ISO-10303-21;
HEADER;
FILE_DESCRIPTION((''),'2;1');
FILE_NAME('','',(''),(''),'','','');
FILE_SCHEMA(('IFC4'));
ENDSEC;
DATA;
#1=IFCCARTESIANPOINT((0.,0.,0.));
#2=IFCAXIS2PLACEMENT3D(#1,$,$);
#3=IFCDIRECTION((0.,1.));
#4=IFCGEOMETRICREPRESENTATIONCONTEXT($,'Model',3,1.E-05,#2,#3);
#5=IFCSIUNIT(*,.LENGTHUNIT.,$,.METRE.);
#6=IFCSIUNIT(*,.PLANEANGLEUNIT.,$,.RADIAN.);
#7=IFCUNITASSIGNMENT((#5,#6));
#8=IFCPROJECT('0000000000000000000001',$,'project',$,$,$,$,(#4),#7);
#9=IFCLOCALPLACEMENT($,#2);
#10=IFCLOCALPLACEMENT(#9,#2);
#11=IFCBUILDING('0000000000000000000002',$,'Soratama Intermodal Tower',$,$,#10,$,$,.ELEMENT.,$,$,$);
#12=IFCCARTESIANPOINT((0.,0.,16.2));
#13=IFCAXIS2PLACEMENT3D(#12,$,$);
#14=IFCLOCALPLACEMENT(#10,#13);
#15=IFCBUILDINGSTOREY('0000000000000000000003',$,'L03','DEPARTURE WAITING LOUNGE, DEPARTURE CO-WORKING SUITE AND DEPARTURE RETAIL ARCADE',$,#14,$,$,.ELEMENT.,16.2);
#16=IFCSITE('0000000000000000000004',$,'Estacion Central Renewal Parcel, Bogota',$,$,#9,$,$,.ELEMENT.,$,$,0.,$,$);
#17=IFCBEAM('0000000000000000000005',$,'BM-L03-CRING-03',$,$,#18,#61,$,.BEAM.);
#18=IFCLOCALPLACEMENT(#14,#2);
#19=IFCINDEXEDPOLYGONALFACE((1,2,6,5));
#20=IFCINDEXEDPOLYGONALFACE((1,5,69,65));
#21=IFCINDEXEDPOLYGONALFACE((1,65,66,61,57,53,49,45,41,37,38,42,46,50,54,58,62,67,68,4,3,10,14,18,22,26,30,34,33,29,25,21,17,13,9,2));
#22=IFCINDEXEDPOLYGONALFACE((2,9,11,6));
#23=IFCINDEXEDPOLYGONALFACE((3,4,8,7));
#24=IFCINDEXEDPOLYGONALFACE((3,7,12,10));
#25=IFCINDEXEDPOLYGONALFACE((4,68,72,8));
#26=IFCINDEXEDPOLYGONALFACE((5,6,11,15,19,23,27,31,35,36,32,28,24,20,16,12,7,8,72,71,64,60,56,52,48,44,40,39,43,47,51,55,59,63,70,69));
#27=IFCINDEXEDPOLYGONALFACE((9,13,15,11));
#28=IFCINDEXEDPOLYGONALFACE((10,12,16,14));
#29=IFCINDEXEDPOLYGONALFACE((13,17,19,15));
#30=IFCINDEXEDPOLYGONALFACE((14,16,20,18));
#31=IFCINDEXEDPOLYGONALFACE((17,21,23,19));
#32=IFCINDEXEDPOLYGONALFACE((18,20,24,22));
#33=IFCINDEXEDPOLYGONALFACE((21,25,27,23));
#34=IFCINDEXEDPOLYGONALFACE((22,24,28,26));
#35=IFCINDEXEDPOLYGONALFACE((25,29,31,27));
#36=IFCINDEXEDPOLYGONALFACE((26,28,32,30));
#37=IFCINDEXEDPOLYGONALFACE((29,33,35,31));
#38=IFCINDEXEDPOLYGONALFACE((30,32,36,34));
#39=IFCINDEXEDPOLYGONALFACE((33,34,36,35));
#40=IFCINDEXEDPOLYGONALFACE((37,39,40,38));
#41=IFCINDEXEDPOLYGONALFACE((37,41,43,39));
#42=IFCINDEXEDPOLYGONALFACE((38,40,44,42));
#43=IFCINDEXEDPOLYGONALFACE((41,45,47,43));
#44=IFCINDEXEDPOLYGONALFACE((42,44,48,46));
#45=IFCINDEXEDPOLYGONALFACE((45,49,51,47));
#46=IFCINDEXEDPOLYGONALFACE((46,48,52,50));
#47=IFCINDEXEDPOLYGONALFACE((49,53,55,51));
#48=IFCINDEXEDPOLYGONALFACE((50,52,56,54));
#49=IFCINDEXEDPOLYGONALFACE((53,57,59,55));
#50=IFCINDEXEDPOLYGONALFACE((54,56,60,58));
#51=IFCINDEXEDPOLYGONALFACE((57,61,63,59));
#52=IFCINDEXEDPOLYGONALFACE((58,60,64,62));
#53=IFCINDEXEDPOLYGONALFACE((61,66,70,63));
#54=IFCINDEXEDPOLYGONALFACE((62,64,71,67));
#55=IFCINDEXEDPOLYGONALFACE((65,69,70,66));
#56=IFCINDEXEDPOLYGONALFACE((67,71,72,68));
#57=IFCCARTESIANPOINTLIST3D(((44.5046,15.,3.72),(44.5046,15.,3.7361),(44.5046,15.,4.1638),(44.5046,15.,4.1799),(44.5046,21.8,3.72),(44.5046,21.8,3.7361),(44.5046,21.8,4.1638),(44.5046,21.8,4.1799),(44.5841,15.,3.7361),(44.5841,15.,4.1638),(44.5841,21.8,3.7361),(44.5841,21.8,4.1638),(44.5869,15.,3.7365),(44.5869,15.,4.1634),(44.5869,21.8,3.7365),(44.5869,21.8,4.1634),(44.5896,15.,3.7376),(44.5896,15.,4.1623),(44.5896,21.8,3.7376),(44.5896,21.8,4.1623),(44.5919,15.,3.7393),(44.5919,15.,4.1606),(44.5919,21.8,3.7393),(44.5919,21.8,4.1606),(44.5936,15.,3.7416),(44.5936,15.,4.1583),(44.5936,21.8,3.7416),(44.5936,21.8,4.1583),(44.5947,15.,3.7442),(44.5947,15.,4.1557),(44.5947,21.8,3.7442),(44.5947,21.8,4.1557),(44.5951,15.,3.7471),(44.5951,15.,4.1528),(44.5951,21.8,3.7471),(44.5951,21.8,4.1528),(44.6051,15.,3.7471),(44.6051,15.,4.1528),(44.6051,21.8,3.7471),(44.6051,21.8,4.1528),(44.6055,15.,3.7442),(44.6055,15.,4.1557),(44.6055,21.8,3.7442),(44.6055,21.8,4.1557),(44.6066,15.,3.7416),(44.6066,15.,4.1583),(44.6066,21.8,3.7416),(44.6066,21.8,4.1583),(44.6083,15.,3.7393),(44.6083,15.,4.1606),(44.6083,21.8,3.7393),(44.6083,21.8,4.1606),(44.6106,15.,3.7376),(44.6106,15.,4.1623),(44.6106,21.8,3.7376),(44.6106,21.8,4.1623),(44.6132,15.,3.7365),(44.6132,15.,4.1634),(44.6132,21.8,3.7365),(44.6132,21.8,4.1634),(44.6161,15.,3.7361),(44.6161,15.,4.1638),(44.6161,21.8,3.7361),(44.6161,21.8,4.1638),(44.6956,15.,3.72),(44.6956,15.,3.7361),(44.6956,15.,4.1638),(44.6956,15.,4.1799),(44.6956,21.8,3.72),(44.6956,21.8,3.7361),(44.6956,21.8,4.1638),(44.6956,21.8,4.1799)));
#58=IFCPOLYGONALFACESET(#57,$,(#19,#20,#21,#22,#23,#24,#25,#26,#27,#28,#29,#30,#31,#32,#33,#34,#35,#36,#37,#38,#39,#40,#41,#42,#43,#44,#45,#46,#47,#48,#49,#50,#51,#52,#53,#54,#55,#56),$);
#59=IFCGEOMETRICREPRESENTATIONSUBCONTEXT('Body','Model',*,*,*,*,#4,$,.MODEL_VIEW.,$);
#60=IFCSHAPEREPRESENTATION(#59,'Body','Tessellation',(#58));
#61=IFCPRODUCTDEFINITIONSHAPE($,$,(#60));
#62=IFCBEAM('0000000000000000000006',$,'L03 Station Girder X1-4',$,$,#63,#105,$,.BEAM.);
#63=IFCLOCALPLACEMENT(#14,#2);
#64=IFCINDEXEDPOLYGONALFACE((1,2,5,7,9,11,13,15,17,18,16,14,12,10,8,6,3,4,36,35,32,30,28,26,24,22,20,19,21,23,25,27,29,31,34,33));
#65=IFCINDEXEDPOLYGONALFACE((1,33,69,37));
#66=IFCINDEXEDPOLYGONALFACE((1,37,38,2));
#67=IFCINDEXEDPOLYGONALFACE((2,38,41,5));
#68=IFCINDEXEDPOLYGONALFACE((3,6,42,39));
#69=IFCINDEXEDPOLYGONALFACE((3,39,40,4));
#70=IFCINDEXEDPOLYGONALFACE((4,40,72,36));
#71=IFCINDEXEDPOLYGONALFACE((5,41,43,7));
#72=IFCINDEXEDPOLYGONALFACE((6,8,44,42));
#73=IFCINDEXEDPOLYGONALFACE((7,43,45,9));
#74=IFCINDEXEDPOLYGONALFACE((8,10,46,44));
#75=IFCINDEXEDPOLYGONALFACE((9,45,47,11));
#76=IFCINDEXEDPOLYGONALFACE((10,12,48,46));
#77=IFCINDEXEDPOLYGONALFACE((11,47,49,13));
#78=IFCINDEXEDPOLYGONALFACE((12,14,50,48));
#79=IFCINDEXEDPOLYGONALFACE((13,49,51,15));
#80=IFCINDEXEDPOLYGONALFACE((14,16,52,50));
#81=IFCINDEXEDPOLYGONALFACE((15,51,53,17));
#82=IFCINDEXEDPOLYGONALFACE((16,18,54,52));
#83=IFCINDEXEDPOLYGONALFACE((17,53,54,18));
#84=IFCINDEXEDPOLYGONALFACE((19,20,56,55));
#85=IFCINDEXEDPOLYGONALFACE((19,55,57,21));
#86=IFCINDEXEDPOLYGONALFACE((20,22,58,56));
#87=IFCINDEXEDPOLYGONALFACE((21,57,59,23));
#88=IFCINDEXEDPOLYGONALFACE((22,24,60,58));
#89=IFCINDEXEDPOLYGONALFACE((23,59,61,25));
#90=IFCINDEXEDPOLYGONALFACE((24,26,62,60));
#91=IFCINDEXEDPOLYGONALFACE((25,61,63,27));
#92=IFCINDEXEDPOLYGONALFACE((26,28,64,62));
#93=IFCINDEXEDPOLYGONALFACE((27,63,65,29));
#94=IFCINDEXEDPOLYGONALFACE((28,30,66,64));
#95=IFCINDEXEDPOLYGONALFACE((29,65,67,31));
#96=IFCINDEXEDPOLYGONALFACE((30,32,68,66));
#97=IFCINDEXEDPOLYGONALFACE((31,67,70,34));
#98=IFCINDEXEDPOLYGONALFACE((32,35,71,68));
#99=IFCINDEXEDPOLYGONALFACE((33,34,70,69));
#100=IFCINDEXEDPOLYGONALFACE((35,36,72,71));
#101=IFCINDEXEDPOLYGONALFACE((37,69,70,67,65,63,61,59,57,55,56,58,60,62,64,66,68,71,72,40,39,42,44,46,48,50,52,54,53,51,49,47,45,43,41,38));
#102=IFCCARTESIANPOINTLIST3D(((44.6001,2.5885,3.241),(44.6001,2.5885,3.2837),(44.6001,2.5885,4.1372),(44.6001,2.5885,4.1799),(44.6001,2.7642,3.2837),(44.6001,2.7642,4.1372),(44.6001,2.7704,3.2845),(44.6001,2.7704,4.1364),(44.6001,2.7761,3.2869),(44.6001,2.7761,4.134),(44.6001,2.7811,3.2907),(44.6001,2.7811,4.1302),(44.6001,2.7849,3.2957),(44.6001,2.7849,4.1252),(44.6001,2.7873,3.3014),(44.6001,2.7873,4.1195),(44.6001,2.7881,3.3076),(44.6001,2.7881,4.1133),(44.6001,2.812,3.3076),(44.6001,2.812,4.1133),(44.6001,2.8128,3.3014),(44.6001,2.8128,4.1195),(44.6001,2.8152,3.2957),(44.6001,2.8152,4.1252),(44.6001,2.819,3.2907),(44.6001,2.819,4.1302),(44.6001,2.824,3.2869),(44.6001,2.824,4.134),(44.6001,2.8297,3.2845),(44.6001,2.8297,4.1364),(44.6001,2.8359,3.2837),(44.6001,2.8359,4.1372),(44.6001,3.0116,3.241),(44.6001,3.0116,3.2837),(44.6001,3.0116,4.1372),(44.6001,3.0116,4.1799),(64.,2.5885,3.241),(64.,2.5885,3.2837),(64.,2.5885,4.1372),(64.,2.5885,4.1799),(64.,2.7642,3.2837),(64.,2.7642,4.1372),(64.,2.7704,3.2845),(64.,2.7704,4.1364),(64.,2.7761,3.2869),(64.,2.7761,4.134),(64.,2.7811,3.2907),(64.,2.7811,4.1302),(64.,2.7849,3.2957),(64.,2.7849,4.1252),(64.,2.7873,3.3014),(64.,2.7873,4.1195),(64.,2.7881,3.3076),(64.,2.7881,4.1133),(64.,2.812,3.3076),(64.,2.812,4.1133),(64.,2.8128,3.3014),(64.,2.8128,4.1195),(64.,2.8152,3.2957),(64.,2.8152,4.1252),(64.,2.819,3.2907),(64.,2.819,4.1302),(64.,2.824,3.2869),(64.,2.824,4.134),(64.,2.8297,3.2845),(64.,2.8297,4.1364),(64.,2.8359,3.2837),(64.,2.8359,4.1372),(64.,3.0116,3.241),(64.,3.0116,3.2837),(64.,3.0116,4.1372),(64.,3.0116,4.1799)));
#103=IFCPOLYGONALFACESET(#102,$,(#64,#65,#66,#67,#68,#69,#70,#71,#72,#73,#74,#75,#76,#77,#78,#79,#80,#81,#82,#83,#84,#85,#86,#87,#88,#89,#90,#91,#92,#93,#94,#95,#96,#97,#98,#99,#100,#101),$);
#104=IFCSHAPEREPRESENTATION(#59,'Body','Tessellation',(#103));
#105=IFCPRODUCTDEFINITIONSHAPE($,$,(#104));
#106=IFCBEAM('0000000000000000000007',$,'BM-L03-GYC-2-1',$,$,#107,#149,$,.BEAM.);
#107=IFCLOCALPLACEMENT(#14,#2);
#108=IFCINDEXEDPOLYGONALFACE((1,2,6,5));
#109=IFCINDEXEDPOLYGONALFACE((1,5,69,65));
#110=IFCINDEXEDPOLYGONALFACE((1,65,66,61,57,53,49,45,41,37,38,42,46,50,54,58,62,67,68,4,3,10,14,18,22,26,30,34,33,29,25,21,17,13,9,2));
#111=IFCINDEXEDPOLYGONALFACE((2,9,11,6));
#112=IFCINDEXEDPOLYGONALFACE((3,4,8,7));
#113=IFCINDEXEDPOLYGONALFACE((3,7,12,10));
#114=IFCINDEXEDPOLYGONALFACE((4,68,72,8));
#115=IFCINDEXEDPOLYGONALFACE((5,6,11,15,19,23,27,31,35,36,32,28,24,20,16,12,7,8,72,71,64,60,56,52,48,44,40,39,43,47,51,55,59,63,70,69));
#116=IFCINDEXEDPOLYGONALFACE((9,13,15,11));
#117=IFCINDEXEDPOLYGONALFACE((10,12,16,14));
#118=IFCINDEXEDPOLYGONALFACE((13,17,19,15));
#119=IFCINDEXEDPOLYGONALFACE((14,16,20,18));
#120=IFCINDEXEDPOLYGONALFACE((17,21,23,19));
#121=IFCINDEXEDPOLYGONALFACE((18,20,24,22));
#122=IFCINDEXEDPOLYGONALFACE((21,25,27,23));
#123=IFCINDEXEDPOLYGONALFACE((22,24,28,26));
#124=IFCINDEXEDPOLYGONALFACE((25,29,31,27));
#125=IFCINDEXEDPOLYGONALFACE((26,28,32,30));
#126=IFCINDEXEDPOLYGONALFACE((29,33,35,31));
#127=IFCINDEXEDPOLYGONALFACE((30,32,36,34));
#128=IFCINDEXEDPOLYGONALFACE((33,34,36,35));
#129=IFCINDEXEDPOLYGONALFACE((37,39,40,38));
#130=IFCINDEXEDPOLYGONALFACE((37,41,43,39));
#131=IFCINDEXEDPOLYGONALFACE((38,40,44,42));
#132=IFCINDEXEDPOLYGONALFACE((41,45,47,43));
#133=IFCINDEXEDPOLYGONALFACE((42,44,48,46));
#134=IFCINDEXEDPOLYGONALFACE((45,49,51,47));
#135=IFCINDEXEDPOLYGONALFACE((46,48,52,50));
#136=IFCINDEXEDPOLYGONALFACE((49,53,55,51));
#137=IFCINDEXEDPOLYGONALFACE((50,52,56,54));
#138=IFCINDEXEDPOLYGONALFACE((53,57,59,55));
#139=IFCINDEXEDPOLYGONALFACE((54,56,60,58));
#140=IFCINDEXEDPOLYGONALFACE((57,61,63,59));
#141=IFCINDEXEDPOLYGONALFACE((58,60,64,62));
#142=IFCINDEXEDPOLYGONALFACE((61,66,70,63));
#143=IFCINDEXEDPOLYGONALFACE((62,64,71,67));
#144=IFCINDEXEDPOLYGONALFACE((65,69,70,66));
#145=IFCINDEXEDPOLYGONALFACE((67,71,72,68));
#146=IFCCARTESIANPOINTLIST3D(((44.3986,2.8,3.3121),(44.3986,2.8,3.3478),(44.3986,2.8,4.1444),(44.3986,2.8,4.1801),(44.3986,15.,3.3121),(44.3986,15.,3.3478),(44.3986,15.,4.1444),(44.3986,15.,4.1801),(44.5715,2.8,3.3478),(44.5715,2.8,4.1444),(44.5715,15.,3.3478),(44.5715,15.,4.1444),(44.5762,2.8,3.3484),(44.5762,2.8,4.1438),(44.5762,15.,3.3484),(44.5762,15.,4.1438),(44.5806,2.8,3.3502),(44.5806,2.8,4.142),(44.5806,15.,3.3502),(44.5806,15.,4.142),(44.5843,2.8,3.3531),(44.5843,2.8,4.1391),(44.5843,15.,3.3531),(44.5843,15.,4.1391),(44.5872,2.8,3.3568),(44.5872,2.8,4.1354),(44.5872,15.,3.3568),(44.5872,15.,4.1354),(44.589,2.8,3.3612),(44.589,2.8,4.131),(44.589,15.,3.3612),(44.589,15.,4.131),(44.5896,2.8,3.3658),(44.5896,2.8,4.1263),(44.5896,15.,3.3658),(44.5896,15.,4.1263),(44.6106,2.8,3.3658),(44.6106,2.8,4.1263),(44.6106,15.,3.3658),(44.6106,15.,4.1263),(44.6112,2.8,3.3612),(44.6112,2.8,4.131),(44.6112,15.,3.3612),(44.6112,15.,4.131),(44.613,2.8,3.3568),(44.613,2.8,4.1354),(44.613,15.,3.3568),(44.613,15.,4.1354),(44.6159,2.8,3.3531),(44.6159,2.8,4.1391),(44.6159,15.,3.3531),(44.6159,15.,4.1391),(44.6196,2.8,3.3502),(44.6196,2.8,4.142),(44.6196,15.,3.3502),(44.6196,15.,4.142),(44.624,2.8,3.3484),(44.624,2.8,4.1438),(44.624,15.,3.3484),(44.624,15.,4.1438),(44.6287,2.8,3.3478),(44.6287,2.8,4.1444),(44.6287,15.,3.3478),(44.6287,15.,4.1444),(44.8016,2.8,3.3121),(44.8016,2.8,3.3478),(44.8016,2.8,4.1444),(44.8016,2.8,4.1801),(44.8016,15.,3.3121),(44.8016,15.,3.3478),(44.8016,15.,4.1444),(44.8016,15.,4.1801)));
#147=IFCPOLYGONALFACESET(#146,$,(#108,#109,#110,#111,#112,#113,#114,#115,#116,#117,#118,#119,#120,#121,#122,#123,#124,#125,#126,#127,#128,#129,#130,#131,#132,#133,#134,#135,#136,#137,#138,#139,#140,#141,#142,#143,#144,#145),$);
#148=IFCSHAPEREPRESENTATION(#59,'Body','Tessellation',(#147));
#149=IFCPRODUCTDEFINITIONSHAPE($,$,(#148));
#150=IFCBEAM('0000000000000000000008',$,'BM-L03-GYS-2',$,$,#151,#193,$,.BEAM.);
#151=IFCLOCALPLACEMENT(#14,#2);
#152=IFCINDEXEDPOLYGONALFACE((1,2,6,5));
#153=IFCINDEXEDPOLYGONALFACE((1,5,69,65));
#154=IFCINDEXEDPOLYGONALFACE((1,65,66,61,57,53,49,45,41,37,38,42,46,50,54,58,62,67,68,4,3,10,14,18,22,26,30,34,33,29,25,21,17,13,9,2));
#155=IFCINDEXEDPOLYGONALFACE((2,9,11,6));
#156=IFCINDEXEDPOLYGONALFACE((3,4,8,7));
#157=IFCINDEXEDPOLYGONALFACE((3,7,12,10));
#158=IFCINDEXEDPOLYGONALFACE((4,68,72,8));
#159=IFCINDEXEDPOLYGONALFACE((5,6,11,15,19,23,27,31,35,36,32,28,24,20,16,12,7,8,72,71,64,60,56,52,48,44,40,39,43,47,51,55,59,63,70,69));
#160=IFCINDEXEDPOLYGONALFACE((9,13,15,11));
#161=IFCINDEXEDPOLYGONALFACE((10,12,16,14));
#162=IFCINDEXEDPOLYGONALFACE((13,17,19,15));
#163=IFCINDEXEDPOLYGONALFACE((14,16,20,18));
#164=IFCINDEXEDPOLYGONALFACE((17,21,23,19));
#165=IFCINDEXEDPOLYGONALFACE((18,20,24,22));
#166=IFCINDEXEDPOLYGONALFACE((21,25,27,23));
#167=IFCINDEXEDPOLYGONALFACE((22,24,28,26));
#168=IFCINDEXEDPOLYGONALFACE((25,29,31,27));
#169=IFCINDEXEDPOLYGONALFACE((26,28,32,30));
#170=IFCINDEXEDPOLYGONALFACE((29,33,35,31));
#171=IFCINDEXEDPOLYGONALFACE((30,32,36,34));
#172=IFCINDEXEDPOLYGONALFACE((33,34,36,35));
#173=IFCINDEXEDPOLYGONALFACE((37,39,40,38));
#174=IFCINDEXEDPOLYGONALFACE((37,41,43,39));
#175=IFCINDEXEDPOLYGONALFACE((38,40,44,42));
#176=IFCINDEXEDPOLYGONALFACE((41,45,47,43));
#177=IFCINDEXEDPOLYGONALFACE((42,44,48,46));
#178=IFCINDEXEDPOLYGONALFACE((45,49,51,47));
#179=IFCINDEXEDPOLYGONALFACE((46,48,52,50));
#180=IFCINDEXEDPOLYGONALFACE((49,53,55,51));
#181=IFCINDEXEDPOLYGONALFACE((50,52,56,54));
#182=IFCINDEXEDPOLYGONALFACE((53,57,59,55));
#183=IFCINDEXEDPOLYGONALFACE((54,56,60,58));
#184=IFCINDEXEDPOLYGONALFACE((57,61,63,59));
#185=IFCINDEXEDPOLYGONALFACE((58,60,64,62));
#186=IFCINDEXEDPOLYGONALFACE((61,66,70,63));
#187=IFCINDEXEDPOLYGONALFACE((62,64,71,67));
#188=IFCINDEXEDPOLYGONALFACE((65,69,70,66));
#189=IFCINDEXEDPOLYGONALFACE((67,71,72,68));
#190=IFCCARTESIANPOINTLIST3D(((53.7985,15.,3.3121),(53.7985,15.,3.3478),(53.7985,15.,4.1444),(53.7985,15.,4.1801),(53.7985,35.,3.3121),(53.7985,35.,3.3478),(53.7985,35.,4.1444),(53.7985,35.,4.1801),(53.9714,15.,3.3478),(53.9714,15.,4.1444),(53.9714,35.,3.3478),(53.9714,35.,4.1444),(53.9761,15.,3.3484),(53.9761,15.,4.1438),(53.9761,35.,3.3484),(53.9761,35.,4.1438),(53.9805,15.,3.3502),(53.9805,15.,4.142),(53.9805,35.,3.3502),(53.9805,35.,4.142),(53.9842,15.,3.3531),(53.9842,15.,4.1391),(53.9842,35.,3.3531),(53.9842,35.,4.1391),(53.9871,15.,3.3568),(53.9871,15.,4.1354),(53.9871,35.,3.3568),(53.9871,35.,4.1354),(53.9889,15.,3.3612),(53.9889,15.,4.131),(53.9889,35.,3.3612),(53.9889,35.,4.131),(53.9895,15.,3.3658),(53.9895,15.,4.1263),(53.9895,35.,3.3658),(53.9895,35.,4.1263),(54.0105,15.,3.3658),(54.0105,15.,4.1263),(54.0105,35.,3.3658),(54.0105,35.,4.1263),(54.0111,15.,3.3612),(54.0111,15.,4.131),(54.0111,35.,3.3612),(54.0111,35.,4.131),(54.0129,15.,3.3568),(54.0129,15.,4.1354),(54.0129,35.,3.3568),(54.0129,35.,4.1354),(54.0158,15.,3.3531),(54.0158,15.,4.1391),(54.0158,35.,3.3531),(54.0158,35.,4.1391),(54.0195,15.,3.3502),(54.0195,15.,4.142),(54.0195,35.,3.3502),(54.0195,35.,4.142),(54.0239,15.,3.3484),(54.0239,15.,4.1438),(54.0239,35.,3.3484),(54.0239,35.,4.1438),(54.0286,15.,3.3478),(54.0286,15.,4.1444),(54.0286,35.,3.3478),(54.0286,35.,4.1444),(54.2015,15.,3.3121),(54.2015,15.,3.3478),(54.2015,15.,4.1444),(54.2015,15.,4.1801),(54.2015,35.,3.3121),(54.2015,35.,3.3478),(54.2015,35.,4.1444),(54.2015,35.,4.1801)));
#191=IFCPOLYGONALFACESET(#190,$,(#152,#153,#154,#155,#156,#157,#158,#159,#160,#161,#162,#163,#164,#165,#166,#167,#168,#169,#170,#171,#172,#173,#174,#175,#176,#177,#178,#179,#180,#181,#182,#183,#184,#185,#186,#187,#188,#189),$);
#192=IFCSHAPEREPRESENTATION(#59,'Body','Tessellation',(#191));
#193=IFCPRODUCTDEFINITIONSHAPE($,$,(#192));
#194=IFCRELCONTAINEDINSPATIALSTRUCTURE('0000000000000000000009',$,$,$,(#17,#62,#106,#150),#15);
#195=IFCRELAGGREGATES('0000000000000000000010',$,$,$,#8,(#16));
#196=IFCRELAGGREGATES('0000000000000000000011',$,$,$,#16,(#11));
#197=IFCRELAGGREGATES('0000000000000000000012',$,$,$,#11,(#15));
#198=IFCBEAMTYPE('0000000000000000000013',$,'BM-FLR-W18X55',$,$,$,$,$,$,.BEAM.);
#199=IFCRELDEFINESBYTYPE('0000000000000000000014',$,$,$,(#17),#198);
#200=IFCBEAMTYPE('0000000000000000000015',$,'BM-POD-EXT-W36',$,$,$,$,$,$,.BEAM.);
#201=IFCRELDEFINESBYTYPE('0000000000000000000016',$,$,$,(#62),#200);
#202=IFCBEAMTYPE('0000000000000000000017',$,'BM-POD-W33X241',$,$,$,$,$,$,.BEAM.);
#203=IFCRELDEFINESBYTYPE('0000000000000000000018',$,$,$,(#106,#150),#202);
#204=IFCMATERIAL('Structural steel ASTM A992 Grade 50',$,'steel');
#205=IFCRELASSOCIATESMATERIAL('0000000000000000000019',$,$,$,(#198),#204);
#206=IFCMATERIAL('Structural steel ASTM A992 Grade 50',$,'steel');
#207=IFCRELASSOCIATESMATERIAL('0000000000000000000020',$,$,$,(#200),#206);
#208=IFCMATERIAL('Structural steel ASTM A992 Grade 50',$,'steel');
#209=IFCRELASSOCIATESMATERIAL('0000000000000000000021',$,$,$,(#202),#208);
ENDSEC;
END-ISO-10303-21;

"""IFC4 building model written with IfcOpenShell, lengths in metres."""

from ifc_helpers import new_model, si_unit, direction, frame, origin, origin_2d, place, context, subcontext, project, spatial, i_section, extrude, material, material_profile, profile_set, type_object, element, save


model = new_model("IFC4")

# Units and contexts
model_context = context("Model", 3, precision=1e-05, world=origin(), true_north=direction((0.0, 1.0)))
body_context = subcontext(model_context, "Body", "Model", "MODEL_VIEW")
ifc_project = project(units=[si_unit("LENGTHUNIT", "METRE"), si_unit("PLANEANGLEUNIT", "RADIAN")], contexts=[model_context])

# Site, building, storey
site_placement = place(None, origin())
site = spatial("IfcSite", under=ifc_project, at=site_placement, Name="Estacion Central Renewal Parcel, Bogota", CompositionType="ELEMENT", RefElevation=0.0)
building_placement = place(site_placement, origin())
building = spatial("IfcBuilding", under=site, at=building_placement, Name="Soratama Intermodal Tower", CompositionType="ELEMENT")
storey_placement = place(building_placement, frame((0.0, 0.0, 16.2)))
storey = spatial("IfcBuildingStorey", under=building, at=storey_placement, Name="L03", Description="DEPARTURE WAITING LOUNGE, DEPARTURE CO-WORKING SUITE AND DEPARTURE RETAIL ARCADE", CompositionType="ELEMENT", Elevation=16.2)

# Beams
ifc_material_1 = material(Name="Structural steel ASTM A992 Grade 50", Category="steel")
ifc_material_profile_1 = material_profile(ifc_material_1, i_section(OverallWidth=0.1909, OverallDepth=0.46, WebThickness=0.01, FlangeThickness=0.0161, FilletRadius=0.011, at=origin_2d()), Name="W18X55")
ifc_profile_set_1 = profile_set([ifc_material_profile_1], Name="Structural steel ASTM A992 Grade 50")
beam_type_1 = type_object("IfcBeamType", Name="BM-FLR-W18X55", PredefinedType="BEAM", material=ifc_profile_set_1)
beam_1_placement = place(storey_placement, frame((44.6001, 15.0, 3.95), z_axis=(0.0, 1.0, 0.0), x_axis=(-1.0, 0.0, 0.0)))
element("IfcBeam", 1, at=beam_1_placement, inside=storey, type_object=beam_type_1, Name="BM-L03-CRING-03", PredefinedType="BEAM", context=body_context, shape_type="SweptSolid", body=[
    extrude(i_section(OverallWidth=0.1909, OverallDepth=0.46, WebThickness=0.01, FlangeThickness=0.0161, FilletRadius=0.011, at=origin_2d()), origin(), (0.0, 0.0, 1.0), 6.8),
])
ifc_material_2 = material(Name="Structural steel ASTM A992 Grade 50", Category="steel")
ifc_material_profile_2 = material_profile(ifc_material_2, i_section(OverallWidth=0.4231, OverallDepth=0.939, WebThickness=0.0239, FlangeThickness=0.0427, FilletRadius=0.0239, at=origin_2d()), Name="W36X302")
ifc_profile_set_2 = profile_set([ifc_material_profile_2], Name="Structural steel ASTM A992 Grade 50")
beam_type_2 = type_object("IfcBeamType", Name="BM-POD-EXT-W36", PredefinedType="BEAM", material=ifc_profile_set_2)
beam_2_placement = place(storey_placement, frame((44.6001, 2.8, 3.7104), z_axis=(1.0, 0.0, 0.0), x_axis=(0.0, 1.0, 0.0)))
element("IfcBeam", 2, at=beam_2_placement, inside=storey, type_object=beam_type_2, Name="L03 Station Girder X1-4", PredefinedType="BEAM", context=body_context, shape_type="SweptSolid", body=[
    extrude(i_section(OverallWidth=0.4231, OverallDepth=0.939, WebThickness=0.0239, FlangeThickness=0.0427, FilletRadius=0.0239, at=origin_2d()), origin(), (0.0, 0.0, 1.0), 19.3999),
])
ifc_material_3 = material(Name="Structural steel ASTM A992 Grade 50", Category="steel")
ifc_material_profile_3 = material_profile(ifc_material_3, i_section(OverallWidth=0.4031, OverallDepth=0.8679, WebThickness=0.021, FlangeThickness=0.0356, FilletRadius=0.0181, at=origin_2d()), Name="W33X241")
ifc_profile_set_3 = profile_set([ifc_material_profile_3], Name="Structural steel ASTM A992 Grade 50")
beam_type_3 = type_object("IfcBeamType", Name="BM-POD-W33X241", PredefinedType="BEAM", material=ifc_profile_set_3)
beam_3_placement = place(storey_placement, frame((44.6001, 2.8, 3.7461), z_axis=(0.0, 1.0, 0.0), x_axis=(-1.0, 0.0, 0.0)))
element("IfcBeam", 3, at=beam_3_placement, inside=storey, type_object=beam_type_3, Name="BM-L03-GYC-2-1", PredefinedType="BEAM", context=body_context, shape_type="SweptSolid", body=[
    extrude(i_section(OverallWidth=0.4031, OverallDepth=0.8679, WebThickness=0.021, FlangeThickness=0.0356, FilletRadius=0.0181, at=origin_2d()), origin(), (0.0, 0.0, 1.0), 12.2),
])
beam_4_placement = place(storey_placement, frame((54.0, 15.0, 3.7461), z_axis=(0.0, 1.0, 0.0), x_axis=(-1.0, 0.0, 0.0)))
element("IfcBeam", 4, at=beam_4_placement, inside=storey, type_object=beam_type_3, Name="BM-L03-GYS-2", PredefinedType="BEAM", context=body_context, shape_type="SweptSolid", body=[
    extrude(i_section(OverallWidth=0.4031, OverallDepth=0.8679, WebThickness=0.021, FlangeThickness=0.0356, FilletRadius=0.0181, at=origin_2d()), origin(), (0.0, 0.0, 1.0), 20.0),
])

save(model, "model.ifc")
